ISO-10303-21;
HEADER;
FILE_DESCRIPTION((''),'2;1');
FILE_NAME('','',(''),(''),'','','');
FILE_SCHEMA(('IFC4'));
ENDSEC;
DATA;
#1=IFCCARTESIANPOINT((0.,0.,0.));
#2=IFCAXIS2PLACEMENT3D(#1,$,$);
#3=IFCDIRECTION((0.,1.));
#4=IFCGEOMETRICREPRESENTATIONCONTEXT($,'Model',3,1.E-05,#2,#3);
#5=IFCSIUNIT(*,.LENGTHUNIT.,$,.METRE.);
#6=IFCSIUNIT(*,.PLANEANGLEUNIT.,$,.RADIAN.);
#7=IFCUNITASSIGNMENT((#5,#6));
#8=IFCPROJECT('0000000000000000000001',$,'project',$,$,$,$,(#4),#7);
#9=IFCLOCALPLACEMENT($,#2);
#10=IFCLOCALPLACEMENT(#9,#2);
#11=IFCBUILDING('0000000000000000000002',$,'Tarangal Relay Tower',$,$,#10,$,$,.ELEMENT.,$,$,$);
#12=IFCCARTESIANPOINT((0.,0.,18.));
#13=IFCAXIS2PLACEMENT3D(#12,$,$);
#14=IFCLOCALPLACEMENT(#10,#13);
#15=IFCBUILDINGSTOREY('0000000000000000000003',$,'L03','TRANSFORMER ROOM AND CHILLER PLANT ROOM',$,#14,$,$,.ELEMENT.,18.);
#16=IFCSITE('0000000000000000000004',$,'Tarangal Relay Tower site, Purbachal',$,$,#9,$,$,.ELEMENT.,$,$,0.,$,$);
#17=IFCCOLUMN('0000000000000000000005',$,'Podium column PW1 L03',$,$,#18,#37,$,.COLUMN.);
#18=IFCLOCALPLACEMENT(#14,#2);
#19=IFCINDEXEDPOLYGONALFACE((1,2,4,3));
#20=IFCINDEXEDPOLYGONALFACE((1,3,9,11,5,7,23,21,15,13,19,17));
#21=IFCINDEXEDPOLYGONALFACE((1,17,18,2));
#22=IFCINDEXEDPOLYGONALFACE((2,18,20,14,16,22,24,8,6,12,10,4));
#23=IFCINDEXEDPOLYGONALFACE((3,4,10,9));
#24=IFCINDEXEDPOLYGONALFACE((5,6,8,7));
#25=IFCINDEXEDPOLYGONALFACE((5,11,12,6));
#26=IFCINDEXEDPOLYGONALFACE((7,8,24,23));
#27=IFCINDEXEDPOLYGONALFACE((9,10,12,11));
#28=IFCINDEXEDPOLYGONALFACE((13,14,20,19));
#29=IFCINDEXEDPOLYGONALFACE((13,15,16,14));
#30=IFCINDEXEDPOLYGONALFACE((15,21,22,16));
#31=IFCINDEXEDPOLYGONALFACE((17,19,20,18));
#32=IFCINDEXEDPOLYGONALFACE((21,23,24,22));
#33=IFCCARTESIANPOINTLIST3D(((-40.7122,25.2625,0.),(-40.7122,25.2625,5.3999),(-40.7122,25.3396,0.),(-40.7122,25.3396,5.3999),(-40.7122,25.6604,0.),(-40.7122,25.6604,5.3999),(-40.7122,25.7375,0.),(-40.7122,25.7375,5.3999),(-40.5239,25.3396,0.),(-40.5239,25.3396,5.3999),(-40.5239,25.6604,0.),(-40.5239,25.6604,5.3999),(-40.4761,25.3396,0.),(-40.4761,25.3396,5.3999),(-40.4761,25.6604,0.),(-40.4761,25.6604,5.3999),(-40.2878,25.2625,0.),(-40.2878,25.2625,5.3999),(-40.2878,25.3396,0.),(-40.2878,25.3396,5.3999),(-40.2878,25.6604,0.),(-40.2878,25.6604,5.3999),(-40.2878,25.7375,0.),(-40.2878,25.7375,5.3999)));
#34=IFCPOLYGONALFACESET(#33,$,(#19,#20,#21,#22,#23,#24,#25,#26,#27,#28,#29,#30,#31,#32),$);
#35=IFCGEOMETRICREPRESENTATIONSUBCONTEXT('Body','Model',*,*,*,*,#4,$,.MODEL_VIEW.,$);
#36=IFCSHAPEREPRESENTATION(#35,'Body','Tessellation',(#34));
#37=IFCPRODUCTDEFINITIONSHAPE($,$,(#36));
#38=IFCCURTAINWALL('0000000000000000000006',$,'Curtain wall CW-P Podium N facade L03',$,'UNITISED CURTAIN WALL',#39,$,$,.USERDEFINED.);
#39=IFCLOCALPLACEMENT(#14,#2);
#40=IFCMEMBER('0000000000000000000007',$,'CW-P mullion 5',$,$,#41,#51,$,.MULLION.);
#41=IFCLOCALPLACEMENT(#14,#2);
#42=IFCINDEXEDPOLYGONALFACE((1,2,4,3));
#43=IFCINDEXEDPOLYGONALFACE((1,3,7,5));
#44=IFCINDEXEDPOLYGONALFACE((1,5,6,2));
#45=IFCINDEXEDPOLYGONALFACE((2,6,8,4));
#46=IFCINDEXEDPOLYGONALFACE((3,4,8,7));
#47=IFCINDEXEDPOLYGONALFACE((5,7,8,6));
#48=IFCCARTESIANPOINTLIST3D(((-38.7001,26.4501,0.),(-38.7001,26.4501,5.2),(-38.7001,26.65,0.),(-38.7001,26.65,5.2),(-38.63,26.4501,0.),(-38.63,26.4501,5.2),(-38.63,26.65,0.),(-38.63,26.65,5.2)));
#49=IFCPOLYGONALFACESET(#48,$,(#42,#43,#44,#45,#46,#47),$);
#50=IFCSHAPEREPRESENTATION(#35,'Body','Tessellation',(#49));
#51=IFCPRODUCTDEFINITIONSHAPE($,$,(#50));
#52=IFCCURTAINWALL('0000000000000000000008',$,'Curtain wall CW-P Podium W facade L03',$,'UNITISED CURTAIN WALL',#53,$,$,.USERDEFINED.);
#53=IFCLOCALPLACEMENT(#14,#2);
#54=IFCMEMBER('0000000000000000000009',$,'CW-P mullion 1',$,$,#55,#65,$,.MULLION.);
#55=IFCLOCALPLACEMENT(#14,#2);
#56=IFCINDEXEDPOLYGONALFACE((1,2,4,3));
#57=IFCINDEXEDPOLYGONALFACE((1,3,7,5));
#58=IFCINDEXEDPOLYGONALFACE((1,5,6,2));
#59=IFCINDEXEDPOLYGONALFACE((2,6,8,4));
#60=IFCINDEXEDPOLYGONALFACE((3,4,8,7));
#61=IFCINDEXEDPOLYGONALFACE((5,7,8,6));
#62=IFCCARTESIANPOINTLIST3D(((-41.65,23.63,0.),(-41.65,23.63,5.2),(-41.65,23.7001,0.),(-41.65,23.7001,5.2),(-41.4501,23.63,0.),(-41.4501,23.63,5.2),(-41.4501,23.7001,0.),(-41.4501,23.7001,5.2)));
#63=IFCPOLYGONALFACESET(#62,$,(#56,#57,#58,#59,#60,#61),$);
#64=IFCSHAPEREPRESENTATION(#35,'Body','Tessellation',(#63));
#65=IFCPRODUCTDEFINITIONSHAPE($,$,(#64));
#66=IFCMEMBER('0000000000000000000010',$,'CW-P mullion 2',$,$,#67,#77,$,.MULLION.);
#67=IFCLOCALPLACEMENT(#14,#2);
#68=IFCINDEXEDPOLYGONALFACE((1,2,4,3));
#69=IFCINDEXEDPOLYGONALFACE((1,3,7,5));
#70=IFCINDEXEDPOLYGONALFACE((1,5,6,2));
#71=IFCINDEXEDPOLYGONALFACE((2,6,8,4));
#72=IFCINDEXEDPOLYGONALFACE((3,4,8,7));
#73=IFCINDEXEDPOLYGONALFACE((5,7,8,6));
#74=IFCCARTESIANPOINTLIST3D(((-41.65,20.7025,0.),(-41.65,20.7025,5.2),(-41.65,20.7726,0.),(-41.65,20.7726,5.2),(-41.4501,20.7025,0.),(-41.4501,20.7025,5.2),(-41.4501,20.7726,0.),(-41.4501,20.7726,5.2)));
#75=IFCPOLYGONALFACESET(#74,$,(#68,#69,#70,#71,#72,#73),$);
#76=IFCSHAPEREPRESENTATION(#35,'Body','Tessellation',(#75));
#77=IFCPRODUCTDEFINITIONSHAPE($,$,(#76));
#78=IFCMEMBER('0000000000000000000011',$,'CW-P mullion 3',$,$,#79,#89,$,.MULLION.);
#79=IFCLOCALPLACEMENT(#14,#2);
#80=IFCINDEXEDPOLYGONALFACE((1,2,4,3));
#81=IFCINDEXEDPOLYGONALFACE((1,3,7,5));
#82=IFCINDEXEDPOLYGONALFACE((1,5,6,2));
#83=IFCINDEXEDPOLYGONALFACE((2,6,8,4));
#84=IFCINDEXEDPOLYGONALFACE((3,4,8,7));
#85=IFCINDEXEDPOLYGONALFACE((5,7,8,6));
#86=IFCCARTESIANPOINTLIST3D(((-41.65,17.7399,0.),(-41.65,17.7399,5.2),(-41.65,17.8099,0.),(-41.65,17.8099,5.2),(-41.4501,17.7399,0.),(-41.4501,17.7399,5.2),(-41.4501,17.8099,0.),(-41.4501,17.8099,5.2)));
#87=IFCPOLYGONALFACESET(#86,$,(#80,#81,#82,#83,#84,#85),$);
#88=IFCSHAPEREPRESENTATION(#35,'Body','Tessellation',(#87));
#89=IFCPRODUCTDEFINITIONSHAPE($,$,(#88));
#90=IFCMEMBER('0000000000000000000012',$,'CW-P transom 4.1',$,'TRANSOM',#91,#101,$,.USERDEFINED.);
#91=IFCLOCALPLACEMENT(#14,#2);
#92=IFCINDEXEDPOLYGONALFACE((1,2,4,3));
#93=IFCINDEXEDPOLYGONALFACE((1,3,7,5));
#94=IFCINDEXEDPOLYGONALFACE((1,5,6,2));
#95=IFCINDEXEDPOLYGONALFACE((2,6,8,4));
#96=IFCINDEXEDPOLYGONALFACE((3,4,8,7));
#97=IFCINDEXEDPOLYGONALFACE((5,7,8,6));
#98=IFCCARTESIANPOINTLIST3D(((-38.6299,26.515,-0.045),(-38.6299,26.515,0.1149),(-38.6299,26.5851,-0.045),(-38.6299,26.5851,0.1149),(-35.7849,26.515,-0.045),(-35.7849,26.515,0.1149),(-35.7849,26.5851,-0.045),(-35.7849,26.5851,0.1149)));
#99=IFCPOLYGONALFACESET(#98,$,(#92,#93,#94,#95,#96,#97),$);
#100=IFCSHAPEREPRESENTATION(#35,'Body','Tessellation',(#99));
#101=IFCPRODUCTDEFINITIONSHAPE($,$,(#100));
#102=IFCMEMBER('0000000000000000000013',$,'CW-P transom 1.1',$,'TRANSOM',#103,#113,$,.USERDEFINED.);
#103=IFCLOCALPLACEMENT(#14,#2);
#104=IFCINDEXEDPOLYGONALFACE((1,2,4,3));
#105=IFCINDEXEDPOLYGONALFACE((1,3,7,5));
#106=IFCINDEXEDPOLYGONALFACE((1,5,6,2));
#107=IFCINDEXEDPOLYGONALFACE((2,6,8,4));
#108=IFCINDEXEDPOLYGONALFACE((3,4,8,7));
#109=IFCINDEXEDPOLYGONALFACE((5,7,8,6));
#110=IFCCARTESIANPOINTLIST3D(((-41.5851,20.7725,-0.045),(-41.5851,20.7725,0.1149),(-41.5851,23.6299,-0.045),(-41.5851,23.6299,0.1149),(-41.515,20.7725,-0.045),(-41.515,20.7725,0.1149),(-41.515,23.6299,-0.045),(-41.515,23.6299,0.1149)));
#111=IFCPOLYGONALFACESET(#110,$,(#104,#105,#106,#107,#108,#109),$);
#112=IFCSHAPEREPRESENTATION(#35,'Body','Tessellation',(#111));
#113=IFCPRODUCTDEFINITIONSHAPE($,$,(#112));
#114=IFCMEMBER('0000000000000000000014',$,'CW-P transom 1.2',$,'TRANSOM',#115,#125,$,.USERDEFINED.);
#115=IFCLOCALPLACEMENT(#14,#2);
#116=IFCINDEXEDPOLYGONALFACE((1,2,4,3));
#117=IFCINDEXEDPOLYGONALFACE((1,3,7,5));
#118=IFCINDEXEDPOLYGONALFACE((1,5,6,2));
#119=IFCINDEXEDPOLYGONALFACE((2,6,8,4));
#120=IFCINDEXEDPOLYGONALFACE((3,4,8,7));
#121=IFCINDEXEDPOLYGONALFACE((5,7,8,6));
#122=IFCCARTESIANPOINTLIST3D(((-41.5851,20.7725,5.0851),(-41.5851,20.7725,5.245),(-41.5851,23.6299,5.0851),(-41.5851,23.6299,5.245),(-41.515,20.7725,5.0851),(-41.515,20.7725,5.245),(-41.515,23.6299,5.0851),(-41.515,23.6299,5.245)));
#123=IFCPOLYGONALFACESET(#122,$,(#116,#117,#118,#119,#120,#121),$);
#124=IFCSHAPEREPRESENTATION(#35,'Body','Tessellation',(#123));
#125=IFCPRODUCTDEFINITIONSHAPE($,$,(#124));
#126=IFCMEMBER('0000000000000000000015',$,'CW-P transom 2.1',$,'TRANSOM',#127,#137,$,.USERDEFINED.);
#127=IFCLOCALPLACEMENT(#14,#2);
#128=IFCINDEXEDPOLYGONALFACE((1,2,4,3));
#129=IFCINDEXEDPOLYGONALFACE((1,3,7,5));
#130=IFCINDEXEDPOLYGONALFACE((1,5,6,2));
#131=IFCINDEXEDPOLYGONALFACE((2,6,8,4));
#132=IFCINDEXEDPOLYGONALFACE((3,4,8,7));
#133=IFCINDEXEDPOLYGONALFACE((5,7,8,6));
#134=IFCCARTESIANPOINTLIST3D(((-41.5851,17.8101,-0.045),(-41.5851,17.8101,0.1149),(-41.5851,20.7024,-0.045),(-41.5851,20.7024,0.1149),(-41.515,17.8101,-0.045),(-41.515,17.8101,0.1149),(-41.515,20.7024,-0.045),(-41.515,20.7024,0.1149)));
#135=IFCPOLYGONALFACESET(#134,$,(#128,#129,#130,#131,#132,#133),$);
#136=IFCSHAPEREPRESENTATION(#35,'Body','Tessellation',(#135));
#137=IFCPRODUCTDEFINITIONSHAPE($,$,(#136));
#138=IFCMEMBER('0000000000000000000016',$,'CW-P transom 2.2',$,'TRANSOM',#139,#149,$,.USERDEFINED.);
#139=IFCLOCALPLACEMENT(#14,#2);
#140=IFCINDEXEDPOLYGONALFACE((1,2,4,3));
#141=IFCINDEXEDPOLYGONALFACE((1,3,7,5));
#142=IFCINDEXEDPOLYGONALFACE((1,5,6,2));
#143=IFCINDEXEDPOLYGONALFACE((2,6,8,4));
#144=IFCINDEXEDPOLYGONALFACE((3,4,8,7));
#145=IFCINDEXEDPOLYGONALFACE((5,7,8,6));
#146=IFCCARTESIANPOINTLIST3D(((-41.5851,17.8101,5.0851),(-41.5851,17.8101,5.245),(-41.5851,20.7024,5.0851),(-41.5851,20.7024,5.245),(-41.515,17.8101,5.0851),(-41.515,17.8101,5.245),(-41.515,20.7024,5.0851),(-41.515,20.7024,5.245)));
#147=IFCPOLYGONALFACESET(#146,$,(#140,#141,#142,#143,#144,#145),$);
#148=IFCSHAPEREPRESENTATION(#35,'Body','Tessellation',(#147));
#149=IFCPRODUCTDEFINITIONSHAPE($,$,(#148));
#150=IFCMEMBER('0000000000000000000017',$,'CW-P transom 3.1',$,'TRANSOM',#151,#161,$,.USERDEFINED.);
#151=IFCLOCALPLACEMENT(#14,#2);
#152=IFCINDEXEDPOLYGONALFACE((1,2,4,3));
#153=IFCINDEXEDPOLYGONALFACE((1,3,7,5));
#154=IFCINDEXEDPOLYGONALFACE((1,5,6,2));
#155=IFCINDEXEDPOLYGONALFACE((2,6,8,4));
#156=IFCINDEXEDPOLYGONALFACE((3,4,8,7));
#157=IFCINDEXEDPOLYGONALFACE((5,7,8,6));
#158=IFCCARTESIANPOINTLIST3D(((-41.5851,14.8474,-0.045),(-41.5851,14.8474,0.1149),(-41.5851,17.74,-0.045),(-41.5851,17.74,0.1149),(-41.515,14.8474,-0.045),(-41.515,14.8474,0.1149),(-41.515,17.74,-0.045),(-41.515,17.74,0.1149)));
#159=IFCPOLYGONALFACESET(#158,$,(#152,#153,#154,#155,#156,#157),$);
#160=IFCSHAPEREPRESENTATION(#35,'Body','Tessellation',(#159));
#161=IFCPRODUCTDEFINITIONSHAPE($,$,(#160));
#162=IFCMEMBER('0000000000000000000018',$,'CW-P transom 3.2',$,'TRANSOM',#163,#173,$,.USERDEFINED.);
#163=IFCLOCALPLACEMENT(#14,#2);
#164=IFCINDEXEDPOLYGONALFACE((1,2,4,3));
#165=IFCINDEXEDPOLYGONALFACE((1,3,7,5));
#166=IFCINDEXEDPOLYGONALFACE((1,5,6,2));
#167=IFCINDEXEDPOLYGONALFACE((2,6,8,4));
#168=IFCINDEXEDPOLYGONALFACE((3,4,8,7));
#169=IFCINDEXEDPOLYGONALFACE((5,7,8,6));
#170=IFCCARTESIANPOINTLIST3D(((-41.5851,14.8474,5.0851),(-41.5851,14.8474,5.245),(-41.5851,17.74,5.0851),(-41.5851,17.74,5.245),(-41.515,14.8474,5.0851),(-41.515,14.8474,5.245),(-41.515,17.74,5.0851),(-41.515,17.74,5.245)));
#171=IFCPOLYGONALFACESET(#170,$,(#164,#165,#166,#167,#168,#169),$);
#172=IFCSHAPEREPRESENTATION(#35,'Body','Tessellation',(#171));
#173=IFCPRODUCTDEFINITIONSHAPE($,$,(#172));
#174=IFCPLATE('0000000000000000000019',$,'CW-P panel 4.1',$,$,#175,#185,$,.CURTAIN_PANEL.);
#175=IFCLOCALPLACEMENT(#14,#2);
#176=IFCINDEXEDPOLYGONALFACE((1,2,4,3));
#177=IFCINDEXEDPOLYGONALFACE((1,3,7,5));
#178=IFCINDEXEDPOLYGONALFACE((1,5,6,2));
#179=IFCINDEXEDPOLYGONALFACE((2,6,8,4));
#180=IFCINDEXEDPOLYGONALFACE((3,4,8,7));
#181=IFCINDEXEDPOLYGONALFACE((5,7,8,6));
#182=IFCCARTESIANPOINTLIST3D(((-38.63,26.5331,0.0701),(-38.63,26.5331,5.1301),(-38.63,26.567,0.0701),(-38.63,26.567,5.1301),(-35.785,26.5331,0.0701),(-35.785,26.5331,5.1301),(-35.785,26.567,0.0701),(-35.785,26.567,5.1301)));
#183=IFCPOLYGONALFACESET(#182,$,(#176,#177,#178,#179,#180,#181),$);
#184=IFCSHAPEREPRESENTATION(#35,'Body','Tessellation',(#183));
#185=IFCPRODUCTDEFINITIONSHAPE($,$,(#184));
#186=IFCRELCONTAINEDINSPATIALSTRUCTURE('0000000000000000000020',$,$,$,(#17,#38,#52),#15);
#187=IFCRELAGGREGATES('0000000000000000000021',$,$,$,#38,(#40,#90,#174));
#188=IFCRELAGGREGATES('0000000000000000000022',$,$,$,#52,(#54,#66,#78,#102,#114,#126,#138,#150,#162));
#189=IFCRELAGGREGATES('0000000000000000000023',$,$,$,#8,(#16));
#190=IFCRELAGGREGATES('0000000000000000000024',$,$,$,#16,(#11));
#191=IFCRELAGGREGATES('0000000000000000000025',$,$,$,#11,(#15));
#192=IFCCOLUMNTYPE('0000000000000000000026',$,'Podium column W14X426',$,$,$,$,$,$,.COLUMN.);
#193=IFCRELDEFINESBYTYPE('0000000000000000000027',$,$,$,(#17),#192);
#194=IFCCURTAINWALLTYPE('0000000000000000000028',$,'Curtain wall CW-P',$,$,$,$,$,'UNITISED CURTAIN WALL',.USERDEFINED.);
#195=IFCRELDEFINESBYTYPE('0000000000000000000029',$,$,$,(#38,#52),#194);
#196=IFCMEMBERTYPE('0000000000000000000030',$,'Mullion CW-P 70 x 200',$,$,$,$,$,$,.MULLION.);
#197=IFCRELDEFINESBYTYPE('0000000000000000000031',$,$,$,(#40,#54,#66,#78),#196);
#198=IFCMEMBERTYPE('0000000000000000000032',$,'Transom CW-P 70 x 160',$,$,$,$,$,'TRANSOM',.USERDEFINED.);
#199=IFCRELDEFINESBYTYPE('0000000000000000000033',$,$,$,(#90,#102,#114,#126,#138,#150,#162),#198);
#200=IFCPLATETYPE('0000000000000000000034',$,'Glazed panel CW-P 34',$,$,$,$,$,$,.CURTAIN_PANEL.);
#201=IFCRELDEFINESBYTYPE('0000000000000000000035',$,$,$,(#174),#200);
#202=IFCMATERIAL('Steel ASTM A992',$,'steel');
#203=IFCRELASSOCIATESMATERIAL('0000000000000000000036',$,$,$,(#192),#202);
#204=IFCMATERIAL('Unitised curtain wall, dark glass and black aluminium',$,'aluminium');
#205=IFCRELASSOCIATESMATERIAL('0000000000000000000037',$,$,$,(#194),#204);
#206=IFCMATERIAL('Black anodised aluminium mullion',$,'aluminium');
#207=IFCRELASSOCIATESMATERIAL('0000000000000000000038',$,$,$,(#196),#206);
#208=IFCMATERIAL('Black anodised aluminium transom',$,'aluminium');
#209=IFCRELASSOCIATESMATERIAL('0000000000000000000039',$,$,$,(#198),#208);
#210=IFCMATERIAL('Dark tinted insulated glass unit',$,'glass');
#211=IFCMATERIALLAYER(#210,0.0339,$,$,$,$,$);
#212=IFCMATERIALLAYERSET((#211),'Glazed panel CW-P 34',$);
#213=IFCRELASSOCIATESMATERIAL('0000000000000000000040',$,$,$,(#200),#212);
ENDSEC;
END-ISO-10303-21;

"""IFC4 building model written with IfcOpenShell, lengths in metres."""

from ifc_helpers import new_model, si_unit, direction, frame, origin, origin_2d, place, context, subcontext, project, spatial, rectangle, i_section, extrude, material, layer, layer_set, material_profile, profile_set, type_object, element, aggregate, save


model = new_model("IFC4")

# Units and contexts
model_context = context("Model", 3, precision=1e-05, world=origin(), true_north=direction((0.0, 1.0)))
body_context = subcontext(model_context, "Body", "Model", "MODEL_VIEW")
ifc_project = project(units=[si_unit("LENGTHUNIT", "METRE"), si_unit("PLANEANGLEUNIT", "RADIAN")], contexts=[model_context])

# Site, building, storey
site_placement = place(None, origin())
site = spatial("IfcSite", under=ifc_project, at=site_placement, Name="Tarangal Relay Tower site, Purbachal", CompositionType="ELEMENT", RefElevation=0.0)
building_placement = place(site_placement, origin())
building = spatial("IfcBuilding", under=site, at=building_placement, Name="Tarangal Relay Tower", CompositionType="ELEMENT")
storey_placement = place(building_placement, frame((0.0, 0.0, 18.0)))
storey = spatial("IfcBuildingStorey", under=building, at=storey_placement, Name="L03", Description="TRANSFORMER ROOM AND CHILLER PLANT ROOM", CompositionType="ELEMENT", Elevation=18.0)

# Column
ifc_material_1 = material(Name="Steel ASTM A992", Category="steel")
ifc_material_profile_1 = material_profile(ifc_material_1, i_section(OverallWidth=0.4243, OverallDepth=0.4751, WebThickness=0.0479, FlangeThickness=0.0771, at=origin_2d()), Name="W14X426")
ifc_profile_set_1 = profile_set([ifc_material_profile_1], Name="Steel ASTM A992")
column_type = type_object("IfcColumnType", Name="Podium column W14X426", PredefinedType="COLUMN", material=ifc_profile_set_1)
column_placement = place(storey_placement, frame((-40.5, 25.5, 0.0), z_axis=(0.0, 0.0, 1.0), x_axis=(1.0, 0.0, 0.0)))
element("IfcColumn", 1, at=column_placement, inside=storey, type_object=column_type, Name="Podium column PW1 L03", PredefinedType="COLUMN", context=body_context, shape_type="SweptSolid", body=[
    extrude(i_section(OverallWidth=0.4243, OverallDepth=0.4751, WebThickness=0.0479, FlangeThickness=0.0771, at=origin_2d()), origin(), (0.0, 0.0, 1.0), 5.3999),
])

# Curtain wall, member
ifc_material_2 = material(Name="Unitised curtain wall, dark glass and black aluminium", Category="aluminium")
curtain_wall_type = type_object("IfcCurtainWallType", Name="Curtain wall CW-P", ElementType="UNITISED CURTAIN WALL", PredefinedType="USERDEFINED", material=ifc_material_2)
curtain_wall_1_placement = place(storey_placement, origin())
curtain_wall_1 = element("IfcCurtainWall", 2, at=curtain_wall_1_placement, inside=storey, type_object=curtain_wall_type, Name="Curtain wall CW-P Podium N facade L03", ObjectType="UNITISED CURTAIN WALL", PredefinedType="USERDEFINED")
ifc_material_3 = material(Name="Black anodised aluminium mullion", Category="aluminium")
ifc_material_profile_2 = material_profile(ifc_material_3, rectangle(XDim=0.2, YDim=0.0701, at=origin_2d()), Name="CW-PM 70X200")
ifc_profile_set_2 = profile_set([ifc_material_profile_2], Name="Black anodised aluminium mullion")
member_type_1 = type_object("IfcMemberType", Name="Mullion CW-P 70 x 200", PredefinedType="MULLION", material=ifc_profile_set_2)
member_1_placement = place(storey_placement, frame((-38.665, 26.55, 0.0), z_axis=(0.0, 0.0, 1.0), x_axis=(0.0, -1.0, 0.0)))
member_1 = element("IfcMember", 3, at=member_1_placement, type_object=member_type_1, Name="CW-P mullion 5", PredefinedType="MULLION", context=body_context, shape_type="SweptSolid", body=[
    extrude(rectangle(XDim=0.2, YDim=0.0701, at=origin_2d()), origin(), (0.0, 0.0, 1.0), 5.2),
])

# Curtain wall, members
curtain_wall_2_placement = place(storey_placement, origin())
curtain_wall_2 = element("IfcCurtainWall", 4, at=curtain_wall_2_placement, inside=storey, type_object=curtain_wall_type, Name="Curtain wall CW-P Podium W facade L03", ObjectType="UNITISED CURTAIN WALL", PredefinedType="USERDEFINED")
member_2_placement = place(storey_placement, frame((-41.55, 23.665, 0.0), z_axis=(0.0, 0.0, 1.0), x_axis=(1.0, 0.0, 0.0)))
member_2 = element("IfcMember", 5, at=member_2_placement, type_object=member_type_1, Name="CW-P mullion 1", PredefinedType="MULLION", context=body_context, shape_type="SweptSolid", body=[
    extrude(rectangle(XDim=0.2, YDim=0.0701, at=origin_2d()), origin(), (0.0, 0.0, 1.0), 5.2),
])
member_3_placement = place(storey_placement, frame((-41.55, 20.7375, 0.0), z_axis=(0.0, 0.0, 1.0), x_axis=(1.0, 0.0, 0.0)))
member_3 = element("IfcMember", 6, at=member_3_placement, type_object=member_type_1, Name="CW-P mullion 2", PredefinedType="MULLION", context=body_context, shape_type="SweptSolid", body=[
    extrude(rectangle(XDim=0.2, YDim=0.0701, at=origin_2d()), origin(), (0.0, 0.0, 1.0), 5.2),
])
member_4_placement = place(storey_placement, frame((-41.55, 17.7749, 0.0), z_axis=(0.0, 0.0, 1.0), x_axis=(1.0, 0.0, 0.0)))
member_4 = element("IfcMember", 7, at=member_4_placement, type_object=member_type_1, Name="CW-P mullion 3", PredefinedType="MULLION", context=body_context, shape_type="SweptSolid", body=[
    extrude(rectangle(XDim=0.2, YDim=0.0701, at=origin_2d()), origin(), (0.0, 0.0, 1.0), 5.2),
])

# Members
ifc_material_4 = material(Name="Black anodised aluminium transom", Category="aluminium")
ifc_material_profile_3 = material_profile(ifc_material_4, rectangle(XDim=0.0701, YDim=0.1599, at=origin_2d()), Name="CW-PT 70X160")
ifc_profile_set_3 = profile_set([ifc_material_profile_3], Name="Black anodised aluminium transom")
member_type_2 = type_object("IfcMemberType", Name="Transom CW-P 70 x 160", ElementType="TRANSOM", PredefinedType="USERDEFINED", material=ifc_profile_set_3)
member_5_placement = place(storey_placement, frame((-35.7849, 26.55, 0.0349), z_axis=(-1.0, 0.0, 0.0), x_axis=(0.0, -1.0, 0.0)))
member_5 = element("IfcMember", 8, at=member_5_placement, type_object=member_type_2, Name="CW-P transom 4.1", ObjectType="TRANSOM", PredefinedType="USERDEFINED", context=body_context, shape_type="SweptSolid", body=[
    extrude(rectangle(XDim=0.0701, YDim=0.1599, at=origin_2d()), origin(), (0.0, 0.0, 1.0), 2.845),
])
member_6_placement = place(storey_placement, frame((-41.55, 23.6299, 0.0349), z_axis=(0.0, -1.0, 0.0), x_axis=(1.0, 0.0, 0.0)))
member_6 = element("IfcMember", 9, at=member_6_placement, type_object=member_type_2, Name="CW-P transom 1.1", ObjectType="TRANSOM", PredefinedType="USERDEFINED", context=body_context, shape_type="SweptSolid", body=[
    extrude(rectangle(XDim=0.0701, YDim=0.1599, at=origin_2d()), origin(), (0.0, 0.0, 1.0), 2.8574),
])
member_7_placement = place(storey_placement, frame((-41.55, 23.6299, 5.165), z_axis=(0.0, -1.0, 0.0), x_axis=(1.0, 0.0, 0.0)))
member_7 = element("IfcMember", 10, at=member_7_placement, type_object=member_type_2, Name="CW-P transom 1.2", ObjectType="TRANSOM", PredefinedType="USERDEFINED", context=body_context, shape_type="SweptSolid", body=[
    extrude(rectangle(XDim=0.0701, YDim=0.1599, at=origin_2d()), origin(), (0.0, 0.0, 1.0), 2.8574),
])
member_8_placement = place(storey_placement, frame((-41.55, 20.7024, 0.0349), z_axis=(0.0, -1.0, 0.0), x_axis=(1.0, 0.0, 0.0)))
member_8 = element("IfcMember", 11, at=member_8_placement, type_object=member_type_2, Name="CW-P transom 2.1", ObjectType="TRANSOM", PredefinedType="USERDEFINED", context=body_context, shape_type="SweptSolid", body=[
    extrude(rectangle(XDim=0.0701, YDim=0.1599, at=origin_2d()), origin(), (0.0, 0.0, 1.0), 2.8923),
])
member_9_placement = place(storey_placement, frame((-41.55, 20.7024, 5.165), z_axis=(0.0, -1.0, 0.0), x_axis=(1.0, 0.0, 0.0)))
member_9 = element("IfcMember", 12, at=member_9_placement, type_object=member_type_2, Name="CW-P transom 2.2", ObjectType="TRANSOM", PredefinedType="USERDEFINED", context=body_context, shape_type="SweptSolid", body=[
    extrude(rectangle(XDim=0.0701, YDim=0.1599, at=origin_2d()), origin(), (0.0, 0.0, 1.0), 2.8923),
])
member_10_placement = place(storey_placement, frame((-41.55, 17.74, 0.0349), z_axis=(0.0, -1.0, 0.0), x_axis=(1.0, 0.0, 0.0)))
member_10 = element("IfcMember", 13, at=member_10_placement, type_object=member_type_2, Name="CW-P transom 3.1", ObjectType="TRANSOM", PredefinedType="USERDEFINED", context=body_context, shape_type="SweptSolid", body=[
    extrude(rectangle(XDim=0.0701, YDim=0.1599, at=origin_2d()), origin(), (0.0, 0.0, 1.0), 2.8926),
])
member_11_placement = place(storey_placement, frame((-41.55, 17.74, 5.165), z_axis=(0.0, -1.0, 0.0), x_axis=(1.0, 0.0, 0.0)))
member_11 = element("IfcMember", 14, at=member_11_placement, type_object=member_type_2, Name="CW-P transom 3.2", ObjectType="TRANSOM", PredefinedType="USERDEFINED", context=body_context, shape_type="SweptSolid", body=[
    extrude(rectangle(XDim=0.0701, YDim=0.1599, at=origin_2d()), origin(), (0.0, 0.0, 1.0), 2.8926),
])

# Plate
ifc_material_5 = material(Name="Dark tinted insulated glass unit", Category="glass")
ifc_layer_1 = layer(ifc_material_5, 0.0339)
ifc_layer_set_1 = layer_set([ifc_layer_1], Name="Glazed panel CW-P 34")
plate_type = type_object("IfcPlateType", Name="Glazed panel CW-P 34", PredefinedType="CURTAIN_PANEL", material=ifc_layer_set_1)
plate_1_placement = place(storey_placement, frame((-37.2075, 26.55, 0.0701), z_axis=(0.0, 0.0, 1.0), x_axis=(-1.0, 0.0, 0.0)))
plate_1 = element("IfcPlate", 15, at=plate_1_placement, type_object=plate_type, Name="CW-P panel 4.1", PredefinedType="CURTAIN_PANEL", context=body_context, shape_type="SweptSolid", body=[
    extrude(rectangle(XDim=2.845, YDim=0.0339, at=origin_2d()), origin(), (0.0, 0.0, 1.0), 5.0601),
])
aggregate(curtain_wall_1, [member_1, member_5, plate_1])
aggregate(curtain_wall_2, [member_2, member_3, member_4, member_6, member_7, member_8, member_9, member_10, member_11])

save(model, "model.ifc")
